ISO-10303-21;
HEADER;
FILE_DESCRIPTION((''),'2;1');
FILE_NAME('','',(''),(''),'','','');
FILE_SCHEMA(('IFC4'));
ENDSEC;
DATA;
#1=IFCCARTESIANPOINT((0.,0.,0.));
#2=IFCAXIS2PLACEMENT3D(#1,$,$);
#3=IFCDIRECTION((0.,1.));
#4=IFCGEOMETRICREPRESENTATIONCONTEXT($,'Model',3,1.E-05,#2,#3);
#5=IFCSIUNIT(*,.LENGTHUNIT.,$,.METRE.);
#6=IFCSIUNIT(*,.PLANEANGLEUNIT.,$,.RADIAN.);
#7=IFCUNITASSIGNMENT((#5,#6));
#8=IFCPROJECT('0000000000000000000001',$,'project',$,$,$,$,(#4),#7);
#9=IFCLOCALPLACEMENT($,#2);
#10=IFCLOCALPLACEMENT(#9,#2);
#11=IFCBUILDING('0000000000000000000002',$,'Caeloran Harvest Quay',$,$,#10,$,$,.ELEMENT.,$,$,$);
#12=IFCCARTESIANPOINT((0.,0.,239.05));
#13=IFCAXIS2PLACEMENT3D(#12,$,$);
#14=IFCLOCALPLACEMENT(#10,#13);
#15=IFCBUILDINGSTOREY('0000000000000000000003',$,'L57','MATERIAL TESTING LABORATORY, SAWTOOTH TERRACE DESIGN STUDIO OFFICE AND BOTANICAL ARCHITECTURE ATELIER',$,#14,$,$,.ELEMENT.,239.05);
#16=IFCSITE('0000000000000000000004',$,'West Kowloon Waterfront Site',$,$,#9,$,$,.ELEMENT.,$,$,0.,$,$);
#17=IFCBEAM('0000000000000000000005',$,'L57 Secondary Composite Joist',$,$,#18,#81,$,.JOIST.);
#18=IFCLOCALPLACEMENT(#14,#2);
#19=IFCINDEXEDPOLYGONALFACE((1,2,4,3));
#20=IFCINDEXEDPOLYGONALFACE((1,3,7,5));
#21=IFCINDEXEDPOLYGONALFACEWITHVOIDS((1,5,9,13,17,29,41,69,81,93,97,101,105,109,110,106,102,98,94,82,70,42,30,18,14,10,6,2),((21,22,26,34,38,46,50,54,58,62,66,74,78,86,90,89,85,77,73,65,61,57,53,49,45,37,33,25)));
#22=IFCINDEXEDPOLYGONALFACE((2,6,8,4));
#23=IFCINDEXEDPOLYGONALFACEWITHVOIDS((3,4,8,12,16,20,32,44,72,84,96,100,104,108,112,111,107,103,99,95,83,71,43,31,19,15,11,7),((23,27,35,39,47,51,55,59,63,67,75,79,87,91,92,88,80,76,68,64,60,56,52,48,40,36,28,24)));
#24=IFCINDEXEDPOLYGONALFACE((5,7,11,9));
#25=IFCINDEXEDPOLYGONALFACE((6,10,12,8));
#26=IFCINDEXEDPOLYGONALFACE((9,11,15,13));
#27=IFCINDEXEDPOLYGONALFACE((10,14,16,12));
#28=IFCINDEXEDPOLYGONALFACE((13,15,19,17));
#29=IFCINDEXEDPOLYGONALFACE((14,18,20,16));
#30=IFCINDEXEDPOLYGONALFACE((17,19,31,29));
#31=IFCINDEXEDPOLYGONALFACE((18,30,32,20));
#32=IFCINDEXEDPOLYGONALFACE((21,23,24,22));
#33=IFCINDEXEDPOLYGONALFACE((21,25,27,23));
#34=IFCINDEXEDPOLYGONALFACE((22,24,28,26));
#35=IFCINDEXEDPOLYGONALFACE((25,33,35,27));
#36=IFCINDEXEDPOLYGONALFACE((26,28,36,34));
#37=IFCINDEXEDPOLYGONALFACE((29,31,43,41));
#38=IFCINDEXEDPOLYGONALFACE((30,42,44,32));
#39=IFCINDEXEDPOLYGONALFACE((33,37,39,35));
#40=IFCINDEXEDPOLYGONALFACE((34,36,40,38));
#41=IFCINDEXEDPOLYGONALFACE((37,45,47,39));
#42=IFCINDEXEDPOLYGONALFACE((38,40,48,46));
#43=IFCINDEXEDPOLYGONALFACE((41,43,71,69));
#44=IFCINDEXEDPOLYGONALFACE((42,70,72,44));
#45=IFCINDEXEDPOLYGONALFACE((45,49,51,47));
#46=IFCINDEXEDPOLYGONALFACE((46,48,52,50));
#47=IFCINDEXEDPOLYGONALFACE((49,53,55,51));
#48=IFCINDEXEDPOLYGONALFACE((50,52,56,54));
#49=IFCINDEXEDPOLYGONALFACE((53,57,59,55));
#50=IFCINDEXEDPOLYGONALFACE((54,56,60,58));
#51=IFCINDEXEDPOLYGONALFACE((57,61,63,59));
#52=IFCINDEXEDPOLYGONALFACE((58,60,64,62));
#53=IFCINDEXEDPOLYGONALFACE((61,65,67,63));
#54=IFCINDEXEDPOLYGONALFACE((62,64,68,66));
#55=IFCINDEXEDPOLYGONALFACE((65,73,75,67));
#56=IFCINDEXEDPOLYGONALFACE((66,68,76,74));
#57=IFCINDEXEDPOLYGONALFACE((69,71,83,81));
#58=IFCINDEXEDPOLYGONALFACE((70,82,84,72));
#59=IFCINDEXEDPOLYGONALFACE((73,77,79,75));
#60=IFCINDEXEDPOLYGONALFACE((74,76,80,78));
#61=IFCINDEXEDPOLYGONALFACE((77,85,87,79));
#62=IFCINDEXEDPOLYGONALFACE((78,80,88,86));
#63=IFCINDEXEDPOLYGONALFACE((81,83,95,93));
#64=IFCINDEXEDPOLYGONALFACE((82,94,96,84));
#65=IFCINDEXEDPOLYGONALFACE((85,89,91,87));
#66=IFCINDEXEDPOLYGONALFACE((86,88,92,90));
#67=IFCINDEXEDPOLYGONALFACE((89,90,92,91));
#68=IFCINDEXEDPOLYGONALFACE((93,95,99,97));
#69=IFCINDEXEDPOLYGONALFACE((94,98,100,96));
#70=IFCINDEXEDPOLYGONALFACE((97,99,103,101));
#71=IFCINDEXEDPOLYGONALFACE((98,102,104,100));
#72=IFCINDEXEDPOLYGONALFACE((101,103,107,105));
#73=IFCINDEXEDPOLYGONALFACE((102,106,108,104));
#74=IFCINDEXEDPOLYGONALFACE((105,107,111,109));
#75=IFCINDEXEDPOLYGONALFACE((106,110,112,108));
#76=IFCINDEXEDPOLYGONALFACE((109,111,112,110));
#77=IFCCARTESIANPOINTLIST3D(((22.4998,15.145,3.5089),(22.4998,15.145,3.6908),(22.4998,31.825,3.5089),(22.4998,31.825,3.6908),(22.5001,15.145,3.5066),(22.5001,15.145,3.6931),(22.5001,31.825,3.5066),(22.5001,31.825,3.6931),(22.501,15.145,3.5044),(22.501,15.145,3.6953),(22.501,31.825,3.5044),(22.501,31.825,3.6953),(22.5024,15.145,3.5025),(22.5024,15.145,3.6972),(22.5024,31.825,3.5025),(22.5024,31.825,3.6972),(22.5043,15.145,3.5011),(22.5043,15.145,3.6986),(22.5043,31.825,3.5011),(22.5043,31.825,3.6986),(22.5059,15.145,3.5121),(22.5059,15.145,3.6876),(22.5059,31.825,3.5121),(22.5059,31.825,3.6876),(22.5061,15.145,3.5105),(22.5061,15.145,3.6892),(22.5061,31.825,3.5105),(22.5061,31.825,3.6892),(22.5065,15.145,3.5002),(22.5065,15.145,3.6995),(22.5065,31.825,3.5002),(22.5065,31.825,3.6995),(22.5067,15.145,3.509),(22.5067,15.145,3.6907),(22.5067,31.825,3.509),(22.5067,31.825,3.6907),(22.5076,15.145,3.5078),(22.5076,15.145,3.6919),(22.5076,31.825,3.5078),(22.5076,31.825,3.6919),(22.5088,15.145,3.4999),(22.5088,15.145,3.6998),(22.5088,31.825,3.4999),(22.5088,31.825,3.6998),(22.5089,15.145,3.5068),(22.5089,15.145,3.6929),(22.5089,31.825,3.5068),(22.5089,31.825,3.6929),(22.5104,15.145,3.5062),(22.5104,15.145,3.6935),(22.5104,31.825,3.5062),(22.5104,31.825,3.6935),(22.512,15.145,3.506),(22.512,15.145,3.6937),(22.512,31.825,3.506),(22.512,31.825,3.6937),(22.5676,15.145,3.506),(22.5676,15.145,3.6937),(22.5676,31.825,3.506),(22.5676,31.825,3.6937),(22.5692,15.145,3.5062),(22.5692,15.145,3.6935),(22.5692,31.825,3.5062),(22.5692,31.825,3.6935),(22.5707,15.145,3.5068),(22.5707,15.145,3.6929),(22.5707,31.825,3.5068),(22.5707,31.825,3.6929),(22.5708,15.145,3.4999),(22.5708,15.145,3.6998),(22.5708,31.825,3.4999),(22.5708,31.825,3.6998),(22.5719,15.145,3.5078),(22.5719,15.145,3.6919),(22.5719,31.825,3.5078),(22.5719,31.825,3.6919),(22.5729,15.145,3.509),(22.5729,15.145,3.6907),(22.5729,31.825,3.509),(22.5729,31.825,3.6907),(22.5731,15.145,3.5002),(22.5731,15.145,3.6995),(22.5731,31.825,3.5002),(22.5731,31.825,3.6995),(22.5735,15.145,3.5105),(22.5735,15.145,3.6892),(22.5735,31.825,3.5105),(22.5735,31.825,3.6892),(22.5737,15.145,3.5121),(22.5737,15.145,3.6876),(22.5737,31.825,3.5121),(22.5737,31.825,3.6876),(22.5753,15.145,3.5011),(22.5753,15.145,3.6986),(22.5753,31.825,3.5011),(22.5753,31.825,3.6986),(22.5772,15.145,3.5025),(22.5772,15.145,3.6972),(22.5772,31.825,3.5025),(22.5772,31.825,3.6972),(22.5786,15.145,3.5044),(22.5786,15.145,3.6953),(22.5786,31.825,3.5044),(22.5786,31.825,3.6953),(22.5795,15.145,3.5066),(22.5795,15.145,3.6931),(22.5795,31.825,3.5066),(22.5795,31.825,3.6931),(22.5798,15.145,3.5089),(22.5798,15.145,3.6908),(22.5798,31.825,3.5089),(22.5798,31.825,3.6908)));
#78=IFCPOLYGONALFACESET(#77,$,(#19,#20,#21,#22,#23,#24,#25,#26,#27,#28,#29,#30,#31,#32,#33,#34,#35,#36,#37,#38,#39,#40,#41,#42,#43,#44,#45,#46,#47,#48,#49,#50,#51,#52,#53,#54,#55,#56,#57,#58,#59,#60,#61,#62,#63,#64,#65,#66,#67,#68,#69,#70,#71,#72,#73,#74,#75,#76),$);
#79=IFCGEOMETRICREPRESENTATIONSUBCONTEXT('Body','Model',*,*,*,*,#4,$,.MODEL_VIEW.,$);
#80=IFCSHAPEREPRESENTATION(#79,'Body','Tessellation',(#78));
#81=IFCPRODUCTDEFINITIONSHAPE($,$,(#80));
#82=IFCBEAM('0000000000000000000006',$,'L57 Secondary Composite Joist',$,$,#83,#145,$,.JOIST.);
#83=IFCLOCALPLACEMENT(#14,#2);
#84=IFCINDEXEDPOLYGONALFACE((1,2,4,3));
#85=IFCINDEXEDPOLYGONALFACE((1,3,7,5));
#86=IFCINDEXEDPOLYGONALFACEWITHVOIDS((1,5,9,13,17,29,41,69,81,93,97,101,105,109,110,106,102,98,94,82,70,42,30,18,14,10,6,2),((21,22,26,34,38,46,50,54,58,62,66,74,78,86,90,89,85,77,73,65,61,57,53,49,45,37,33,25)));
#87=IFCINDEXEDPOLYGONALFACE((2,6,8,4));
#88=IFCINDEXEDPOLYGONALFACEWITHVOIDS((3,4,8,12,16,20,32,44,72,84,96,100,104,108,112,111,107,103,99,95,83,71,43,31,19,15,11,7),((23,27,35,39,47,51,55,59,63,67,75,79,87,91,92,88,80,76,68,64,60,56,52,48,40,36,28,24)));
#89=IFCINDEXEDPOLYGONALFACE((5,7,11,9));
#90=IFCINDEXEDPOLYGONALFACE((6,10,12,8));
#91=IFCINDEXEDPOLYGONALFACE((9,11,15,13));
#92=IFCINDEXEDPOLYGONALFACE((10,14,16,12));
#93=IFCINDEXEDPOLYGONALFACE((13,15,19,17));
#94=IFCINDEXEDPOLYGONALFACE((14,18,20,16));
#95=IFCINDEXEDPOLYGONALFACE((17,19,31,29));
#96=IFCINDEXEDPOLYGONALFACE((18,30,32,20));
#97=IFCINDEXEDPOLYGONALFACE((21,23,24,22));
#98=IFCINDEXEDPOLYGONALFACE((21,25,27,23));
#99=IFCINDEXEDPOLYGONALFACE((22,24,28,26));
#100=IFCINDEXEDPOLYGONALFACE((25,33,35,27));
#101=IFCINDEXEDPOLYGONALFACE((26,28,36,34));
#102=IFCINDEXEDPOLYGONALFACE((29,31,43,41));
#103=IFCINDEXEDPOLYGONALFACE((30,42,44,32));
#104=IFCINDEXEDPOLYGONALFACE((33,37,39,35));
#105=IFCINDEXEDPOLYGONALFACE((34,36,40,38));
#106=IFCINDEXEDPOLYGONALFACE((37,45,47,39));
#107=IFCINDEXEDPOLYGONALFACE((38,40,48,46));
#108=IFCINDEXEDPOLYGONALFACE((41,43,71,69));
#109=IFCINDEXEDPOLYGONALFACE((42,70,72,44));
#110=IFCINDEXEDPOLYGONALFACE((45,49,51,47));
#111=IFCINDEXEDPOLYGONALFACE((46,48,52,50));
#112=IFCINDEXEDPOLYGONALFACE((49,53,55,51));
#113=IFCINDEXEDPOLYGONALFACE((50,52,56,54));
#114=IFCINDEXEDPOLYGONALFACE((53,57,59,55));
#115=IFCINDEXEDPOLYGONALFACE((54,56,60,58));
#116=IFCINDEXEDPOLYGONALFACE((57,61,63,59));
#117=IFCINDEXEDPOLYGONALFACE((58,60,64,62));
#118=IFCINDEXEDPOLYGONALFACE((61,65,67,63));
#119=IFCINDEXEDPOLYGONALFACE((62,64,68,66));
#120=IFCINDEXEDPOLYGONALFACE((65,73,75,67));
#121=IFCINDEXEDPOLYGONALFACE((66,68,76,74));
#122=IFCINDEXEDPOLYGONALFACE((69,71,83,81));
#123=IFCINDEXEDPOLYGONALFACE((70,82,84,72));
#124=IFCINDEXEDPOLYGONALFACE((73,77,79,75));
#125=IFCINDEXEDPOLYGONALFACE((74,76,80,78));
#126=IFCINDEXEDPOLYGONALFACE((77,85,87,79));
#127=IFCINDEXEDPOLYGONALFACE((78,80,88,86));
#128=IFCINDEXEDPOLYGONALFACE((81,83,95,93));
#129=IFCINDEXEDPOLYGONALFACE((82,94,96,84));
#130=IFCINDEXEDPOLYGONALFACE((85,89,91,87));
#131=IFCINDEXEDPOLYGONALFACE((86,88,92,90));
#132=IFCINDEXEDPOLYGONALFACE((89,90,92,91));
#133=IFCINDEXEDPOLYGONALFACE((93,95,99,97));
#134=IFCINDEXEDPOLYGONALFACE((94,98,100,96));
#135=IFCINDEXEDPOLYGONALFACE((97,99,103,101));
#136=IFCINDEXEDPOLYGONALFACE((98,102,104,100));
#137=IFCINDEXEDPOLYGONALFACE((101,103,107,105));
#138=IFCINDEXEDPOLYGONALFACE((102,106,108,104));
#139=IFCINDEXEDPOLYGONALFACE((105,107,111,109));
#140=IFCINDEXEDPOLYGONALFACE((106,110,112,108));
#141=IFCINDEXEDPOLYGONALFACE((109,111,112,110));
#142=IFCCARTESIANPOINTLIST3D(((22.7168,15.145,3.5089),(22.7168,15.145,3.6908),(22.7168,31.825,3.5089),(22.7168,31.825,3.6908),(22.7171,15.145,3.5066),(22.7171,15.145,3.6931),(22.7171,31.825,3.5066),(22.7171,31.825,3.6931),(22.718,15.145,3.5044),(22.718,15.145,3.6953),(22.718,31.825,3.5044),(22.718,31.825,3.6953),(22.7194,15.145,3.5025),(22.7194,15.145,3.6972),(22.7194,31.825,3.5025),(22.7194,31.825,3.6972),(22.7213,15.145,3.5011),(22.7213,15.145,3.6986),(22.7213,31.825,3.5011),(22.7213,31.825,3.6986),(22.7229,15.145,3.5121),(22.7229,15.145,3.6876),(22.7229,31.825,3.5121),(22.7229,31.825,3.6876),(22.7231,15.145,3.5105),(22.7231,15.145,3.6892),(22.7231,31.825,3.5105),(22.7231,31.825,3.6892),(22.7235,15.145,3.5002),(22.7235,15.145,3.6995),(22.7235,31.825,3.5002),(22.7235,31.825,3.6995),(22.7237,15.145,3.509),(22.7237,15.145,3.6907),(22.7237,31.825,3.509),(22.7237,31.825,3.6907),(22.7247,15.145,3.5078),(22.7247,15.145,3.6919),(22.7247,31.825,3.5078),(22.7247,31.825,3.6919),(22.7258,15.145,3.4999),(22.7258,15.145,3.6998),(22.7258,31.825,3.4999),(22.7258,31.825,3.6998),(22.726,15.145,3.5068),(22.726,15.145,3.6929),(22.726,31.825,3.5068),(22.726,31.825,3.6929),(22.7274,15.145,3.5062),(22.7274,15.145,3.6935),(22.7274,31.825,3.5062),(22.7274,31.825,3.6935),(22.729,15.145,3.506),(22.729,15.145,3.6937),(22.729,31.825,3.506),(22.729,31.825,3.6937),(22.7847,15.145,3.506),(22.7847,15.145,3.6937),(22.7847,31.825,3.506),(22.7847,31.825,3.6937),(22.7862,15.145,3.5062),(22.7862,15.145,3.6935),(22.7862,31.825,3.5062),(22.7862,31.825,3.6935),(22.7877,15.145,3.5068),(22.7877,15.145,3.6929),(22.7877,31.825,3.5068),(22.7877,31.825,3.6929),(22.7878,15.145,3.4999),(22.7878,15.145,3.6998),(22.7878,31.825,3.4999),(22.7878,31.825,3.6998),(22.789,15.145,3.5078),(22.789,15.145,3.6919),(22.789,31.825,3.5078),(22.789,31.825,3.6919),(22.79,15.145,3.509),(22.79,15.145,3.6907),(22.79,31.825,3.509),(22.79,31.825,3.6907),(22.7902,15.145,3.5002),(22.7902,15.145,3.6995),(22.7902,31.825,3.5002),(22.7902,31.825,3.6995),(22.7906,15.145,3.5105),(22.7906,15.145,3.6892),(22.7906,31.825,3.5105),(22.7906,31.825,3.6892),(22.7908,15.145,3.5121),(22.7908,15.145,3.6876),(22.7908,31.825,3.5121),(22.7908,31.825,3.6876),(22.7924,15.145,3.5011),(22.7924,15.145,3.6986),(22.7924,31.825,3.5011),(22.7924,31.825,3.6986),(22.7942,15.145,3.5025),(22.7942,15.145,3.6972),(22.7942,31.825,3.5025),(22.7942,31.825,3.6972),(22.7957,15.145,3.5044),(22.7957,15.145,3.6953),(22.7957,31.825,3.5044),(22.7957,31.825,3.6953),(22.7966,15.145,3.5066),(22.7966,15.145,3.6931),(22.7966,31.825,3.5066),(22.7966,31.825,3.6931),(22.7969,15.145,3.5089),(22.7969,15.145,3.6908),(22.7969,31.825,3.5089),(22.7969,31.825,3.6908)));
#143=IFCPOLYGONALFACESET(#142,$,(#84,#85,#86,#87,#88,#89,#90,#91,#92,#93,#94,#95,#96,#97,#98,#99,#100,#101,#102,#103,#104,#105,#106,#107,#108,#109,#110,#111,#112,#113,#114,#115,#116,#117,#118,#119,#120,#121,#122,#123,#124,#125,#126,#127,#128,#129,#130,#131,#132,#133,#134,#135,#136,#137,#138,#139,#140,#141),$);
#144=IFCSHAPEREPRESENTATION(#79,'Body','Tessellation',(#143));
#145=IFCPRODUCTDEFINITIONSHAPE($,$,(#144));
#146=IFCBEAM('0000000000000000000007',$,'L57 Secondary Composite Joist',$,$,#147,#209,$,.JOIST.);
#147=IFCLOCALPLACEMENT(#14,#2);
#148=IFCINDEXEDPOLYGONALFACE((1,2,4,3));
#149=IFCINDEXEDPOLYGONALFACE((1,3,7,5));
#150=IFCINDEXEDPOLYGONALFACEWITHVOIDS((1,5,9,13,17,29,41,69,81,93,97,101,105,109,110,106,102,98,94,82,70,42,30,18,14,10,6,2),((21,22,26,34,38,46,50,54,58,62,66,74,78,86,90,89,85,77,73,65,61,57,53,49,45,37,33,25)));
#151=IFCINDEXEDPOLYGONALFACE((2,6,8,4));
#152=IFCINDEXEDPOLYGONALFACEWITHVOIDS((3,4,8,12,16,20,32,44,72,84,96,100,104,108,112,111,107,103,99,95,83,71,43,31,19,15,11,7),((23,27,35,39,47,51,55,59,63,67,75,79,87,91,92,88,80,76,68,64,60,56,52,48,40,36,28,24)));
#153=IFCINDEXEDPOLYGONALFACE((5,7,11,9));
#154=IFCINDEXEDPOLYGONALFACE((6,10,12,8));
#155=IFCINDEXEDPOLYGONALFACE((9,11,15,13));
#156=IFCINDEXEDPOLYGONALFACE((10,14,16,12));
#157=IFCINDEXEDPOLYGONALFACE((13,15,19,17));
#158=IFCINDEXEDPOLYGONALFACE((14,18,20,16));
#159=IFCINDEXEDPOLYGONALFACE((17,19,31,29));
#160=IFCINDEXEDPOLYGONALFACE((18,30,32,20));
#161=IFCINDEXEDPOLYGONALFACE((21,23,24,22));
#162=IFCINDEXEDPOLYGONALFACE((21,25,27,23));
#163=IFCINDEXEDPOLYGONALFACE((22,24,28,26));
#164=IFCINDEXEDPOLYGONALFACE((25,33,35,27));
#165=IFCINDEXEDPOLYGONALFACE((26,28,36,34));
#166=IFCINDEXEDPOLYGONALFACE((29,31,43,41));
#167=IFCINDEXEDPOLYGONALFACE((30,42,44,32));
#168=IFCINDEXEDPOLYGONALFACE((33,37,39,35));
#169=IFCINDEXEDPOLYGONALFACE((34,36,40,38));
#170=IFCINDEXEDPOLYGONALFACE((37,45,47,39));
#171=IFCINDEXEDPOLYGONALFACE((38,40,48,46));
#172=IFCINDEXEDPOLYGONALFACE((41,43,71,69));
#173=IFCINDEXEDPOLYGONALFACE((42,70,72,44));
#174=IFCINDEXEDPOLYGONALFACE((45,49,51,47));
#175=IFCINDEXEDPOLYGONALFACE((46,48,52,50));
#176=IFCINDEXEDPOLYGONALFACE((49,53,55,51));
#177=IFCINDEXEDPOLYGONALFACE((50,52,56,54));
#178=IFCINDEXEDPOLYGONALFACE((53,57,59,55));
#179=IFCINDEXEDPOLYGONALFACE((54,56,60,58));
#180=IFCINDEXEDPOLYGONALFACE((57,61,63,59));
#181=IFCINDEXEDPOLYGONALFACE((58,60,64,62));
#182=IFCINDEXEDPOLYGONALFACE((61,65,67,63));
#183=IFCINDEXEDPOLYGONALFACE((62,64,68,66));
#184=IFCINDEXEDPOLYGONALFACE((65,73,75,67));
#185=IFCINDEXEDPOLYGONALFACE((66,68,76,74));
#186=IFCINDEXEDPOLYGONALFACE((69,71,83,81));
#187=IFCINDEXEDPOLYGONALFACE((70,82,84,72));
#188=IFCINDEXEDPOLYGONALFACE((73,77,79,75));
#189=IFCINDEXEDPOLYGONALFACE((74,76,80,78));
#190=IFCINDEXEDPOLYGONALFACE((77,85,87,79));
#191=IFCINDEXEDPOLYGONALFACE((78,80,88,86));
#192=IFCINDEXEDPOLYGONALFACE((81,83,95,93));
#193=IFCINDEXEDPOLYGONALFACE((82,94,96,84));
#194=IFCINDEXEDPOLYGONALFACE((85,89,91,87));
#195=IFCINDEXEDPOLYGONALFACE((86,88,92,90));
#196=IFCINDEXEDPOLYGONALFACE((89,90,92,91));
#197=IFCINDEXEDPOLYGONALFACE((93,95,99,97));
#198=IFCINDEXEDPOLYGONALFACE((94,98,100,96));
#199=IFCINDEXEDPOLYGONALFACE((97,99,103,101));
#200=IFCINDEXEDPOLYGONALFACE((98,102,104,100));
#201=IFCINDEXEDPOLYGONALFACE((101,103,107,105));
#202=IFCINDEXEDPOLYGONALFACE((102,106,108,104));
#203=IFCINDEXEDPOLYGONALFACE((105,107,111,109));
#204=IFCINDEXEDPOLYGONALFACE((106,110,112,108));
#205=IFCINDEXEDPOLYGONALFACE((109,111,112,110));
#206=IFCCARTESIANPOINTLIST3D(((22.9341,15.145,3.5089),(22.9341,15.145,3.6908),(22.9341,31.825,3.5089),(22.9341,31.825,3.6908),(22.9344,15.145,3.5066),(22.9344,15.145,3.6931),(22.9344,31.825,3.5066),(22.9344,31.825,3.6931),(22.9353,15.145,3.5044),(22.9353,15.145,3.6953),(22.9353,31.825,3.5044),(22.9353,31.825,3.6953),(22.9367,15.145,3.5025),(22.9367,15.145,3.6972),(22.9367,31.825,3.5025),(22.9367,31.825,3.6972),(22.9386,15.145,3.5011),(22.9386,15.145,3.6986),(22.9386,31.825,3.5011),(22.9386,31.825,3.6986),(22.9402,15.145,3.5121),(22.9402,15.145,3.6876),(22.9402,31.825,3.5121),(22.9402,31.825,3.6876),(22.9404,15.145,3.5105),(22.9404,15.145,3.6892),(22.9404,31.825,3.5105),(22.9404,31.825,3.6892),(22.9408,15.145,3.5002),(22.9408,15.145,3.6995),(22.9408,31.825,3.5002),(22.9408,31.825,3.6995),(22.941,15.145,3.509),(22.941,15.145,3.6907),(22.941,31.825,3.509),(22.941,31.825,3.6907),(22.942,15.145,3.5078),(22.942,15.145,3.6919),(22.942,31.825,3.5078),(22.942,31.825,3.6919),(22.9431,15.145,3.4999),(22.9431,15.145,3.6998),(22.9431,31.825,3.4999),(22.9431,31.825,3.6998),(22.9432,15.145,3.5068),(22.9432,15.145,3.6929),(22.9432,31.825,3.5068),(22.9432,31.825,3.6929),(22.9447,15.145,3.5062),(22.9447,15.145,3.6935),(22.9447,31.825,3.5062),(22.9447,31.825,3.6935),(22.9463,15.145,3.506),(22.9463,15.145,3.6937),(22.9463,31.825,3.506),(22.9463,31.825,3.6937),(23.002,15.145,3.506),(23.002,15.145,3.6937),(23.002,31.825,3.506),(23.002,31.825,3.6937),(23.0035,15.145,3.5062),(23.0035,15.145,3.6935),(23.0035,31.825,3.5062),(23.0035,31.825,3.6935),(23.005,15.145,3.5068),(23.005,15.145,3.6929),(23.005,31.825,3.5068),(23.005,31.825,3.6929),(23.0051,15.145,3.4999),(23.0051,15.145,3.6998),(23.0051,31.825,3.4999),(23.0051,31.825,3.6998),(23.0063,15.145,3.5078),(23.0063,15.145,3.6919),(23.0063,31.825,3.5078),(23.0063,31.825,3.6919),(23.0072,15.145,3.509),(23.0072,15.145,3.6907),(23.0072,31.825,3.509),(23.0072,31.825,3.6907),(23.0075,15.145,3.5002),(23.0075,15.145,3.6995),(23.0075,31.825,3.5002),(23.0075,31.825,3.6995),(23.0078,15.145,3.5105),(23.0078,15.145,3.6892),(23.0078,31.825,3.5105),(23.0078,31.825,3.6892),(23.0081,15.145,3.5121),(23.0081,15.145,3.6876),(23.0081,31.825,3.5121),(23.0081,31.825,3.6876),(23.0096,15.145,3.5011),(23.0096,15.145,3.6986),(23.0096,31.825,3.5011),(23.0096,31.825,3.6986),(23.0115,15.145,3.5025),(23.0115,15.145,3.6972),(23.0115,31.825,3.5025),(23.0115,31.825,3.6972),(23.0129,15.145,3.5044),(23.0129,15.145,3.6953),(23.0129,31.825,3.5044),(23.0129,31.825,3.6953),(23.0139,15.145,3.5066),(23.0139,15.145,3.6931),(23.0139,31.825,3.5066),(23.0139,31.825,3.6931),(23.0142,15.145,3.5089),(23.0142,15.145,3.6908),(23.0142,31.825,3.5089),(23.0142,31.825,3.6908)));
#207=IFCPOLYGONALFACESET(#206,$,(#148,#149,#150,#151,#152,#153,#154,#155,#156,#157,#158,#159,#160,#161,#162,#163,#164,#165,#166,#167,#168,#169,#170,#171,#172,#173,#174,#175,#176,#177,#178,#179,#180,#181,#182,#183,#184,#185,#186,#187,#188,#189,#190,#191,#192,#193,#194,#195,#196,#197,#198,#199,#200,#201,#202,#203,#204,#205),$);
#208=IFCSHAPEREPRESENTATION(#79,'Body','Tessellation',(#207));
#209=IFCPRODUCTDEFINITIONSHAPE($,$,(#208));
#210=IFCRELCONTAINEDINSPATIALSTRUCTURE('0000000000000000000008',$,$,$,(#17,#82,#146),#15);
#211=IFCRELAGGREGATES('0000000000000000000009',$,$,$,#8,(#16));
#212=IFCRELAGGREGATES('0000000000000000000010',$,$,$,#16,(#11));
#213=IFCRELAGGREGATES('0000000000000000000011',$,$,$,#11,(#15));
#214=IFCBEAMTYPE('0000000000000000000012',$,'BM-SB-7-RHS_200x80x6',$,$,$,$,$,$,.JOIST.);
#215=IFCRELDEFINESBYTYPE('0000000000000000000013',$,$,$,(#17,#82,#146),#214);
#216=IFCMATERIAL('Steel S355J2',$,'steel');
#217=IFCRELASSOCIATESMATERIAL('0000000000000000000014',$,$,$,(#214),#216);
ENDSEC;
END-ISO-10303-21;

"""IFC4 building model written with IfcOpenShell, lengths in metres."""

from ifc_helpers import new_model, si_unit, direction, frame, origin, origin_2d, place, context, subcontext, project, spatial, hollow_rectangle, extrude, material, material_profile, profile_set, type_object, element, save


model = new_model("IFC4")

# Units and contexts
model_context = context("Model", 3, precision=1e-05, world=origin(), true_north=direction((0.0, 1.0)))
body_context = subcontext(model_context, "Body", "Model", "MODEL_VIEW")
ifc_project = project(units=[si_unit("LENGTHUNIT", "METRE"), si_unit("PLANEANGLEUNIT", "RADIAN")], contexts=[model_context])

# Site, building, storey
site_placement = place(None, origin())
site = spatial("IfcSite", under=ifc_project, at=site_placement, Name="West Kowloon Waterfront Site", CompositionType="ELEMENT", RefElevation=0.0)
building_placement = place(site_placement, origin())
building = spatial("IfcBuilding", under=site, at=building_placement, Name="Caeloran Harvest Quay", CompositionType="ELEMENT")
storey_placement = place(building_placement, frame((0.0, 0.0, 239.05)))
storey = spatial("IfcBuildingStorey", under=building, at=storey_placement, Name="L57", Description="MATERIAL TESTING LABORATORY, SAWTOOTH TERRACE DESIGN STUDIO OFFICE AND BOTANICAL ARCHITECTURE ATELIER", CompositionType="ELEMENT", Elevation=239.05)

# Beams
ifc_material_1 = material(Name="Steel S355J2", Category="steel")
ifc_material_profile_1 = material_profile(ifc_material_1, hollow_rectangle(XDim=0.0801, YDim=0.2, WallThickness=0.0061, InnerFilletRadius=0.0061, OuterFilletRadius=0.009, at=origin_2d()), Name="RHS 200x80x6")
ifc_profile_set_1 = profile_set([ifc_material_profile_1], Name="Steel S355J2")
beam_type_1 = type_object("IfcBeamType", Name="BM-SB-7-RHS_200x80x6", PredefinedType="JOIST", material=ifc_profile_set_1)
for number, where, z_axis, x_axis, name in (
    (1, (22.5398, 15.145, 3.5999), (0.0, 1.0, 0.0), (-1.0, 0.0, 0.0), "L57 Secondary Composite Joist"),
    (2, (22.7568, 15.145, 3.5999), (0.0, 1.0, 0.0), (-1.0, 0.0, 0.0), "L57 Secondary Composite Joist"),
    (3, (22.9741, 15.145, 3.5999), (0.0, 1.0, 0.0), (-1.0, 0.0, 0.0), "L57 Secondary Composite Joist"),
):
    element("IfcBeam", number, at=place(storey_placement, frame(where, z_axis=z_axis, x_axis=x_axis)), inside=storey, type_object=beam_type_1, Name=name, PredefinedType="JOIST", context=body_context, shape_type="SweptSolid", body=[
        extrude(hollow_rectangle(XDim=0.0801, YDim=0.2, WallThickness=0.0061, InnerFilletRadius=0.0061, OuterFilletRadius=0.009, at=origin_2d()), origin(), (0.0, 0.0, 1.0), 16.6799),
    ])

save(model, "model.ifc")
